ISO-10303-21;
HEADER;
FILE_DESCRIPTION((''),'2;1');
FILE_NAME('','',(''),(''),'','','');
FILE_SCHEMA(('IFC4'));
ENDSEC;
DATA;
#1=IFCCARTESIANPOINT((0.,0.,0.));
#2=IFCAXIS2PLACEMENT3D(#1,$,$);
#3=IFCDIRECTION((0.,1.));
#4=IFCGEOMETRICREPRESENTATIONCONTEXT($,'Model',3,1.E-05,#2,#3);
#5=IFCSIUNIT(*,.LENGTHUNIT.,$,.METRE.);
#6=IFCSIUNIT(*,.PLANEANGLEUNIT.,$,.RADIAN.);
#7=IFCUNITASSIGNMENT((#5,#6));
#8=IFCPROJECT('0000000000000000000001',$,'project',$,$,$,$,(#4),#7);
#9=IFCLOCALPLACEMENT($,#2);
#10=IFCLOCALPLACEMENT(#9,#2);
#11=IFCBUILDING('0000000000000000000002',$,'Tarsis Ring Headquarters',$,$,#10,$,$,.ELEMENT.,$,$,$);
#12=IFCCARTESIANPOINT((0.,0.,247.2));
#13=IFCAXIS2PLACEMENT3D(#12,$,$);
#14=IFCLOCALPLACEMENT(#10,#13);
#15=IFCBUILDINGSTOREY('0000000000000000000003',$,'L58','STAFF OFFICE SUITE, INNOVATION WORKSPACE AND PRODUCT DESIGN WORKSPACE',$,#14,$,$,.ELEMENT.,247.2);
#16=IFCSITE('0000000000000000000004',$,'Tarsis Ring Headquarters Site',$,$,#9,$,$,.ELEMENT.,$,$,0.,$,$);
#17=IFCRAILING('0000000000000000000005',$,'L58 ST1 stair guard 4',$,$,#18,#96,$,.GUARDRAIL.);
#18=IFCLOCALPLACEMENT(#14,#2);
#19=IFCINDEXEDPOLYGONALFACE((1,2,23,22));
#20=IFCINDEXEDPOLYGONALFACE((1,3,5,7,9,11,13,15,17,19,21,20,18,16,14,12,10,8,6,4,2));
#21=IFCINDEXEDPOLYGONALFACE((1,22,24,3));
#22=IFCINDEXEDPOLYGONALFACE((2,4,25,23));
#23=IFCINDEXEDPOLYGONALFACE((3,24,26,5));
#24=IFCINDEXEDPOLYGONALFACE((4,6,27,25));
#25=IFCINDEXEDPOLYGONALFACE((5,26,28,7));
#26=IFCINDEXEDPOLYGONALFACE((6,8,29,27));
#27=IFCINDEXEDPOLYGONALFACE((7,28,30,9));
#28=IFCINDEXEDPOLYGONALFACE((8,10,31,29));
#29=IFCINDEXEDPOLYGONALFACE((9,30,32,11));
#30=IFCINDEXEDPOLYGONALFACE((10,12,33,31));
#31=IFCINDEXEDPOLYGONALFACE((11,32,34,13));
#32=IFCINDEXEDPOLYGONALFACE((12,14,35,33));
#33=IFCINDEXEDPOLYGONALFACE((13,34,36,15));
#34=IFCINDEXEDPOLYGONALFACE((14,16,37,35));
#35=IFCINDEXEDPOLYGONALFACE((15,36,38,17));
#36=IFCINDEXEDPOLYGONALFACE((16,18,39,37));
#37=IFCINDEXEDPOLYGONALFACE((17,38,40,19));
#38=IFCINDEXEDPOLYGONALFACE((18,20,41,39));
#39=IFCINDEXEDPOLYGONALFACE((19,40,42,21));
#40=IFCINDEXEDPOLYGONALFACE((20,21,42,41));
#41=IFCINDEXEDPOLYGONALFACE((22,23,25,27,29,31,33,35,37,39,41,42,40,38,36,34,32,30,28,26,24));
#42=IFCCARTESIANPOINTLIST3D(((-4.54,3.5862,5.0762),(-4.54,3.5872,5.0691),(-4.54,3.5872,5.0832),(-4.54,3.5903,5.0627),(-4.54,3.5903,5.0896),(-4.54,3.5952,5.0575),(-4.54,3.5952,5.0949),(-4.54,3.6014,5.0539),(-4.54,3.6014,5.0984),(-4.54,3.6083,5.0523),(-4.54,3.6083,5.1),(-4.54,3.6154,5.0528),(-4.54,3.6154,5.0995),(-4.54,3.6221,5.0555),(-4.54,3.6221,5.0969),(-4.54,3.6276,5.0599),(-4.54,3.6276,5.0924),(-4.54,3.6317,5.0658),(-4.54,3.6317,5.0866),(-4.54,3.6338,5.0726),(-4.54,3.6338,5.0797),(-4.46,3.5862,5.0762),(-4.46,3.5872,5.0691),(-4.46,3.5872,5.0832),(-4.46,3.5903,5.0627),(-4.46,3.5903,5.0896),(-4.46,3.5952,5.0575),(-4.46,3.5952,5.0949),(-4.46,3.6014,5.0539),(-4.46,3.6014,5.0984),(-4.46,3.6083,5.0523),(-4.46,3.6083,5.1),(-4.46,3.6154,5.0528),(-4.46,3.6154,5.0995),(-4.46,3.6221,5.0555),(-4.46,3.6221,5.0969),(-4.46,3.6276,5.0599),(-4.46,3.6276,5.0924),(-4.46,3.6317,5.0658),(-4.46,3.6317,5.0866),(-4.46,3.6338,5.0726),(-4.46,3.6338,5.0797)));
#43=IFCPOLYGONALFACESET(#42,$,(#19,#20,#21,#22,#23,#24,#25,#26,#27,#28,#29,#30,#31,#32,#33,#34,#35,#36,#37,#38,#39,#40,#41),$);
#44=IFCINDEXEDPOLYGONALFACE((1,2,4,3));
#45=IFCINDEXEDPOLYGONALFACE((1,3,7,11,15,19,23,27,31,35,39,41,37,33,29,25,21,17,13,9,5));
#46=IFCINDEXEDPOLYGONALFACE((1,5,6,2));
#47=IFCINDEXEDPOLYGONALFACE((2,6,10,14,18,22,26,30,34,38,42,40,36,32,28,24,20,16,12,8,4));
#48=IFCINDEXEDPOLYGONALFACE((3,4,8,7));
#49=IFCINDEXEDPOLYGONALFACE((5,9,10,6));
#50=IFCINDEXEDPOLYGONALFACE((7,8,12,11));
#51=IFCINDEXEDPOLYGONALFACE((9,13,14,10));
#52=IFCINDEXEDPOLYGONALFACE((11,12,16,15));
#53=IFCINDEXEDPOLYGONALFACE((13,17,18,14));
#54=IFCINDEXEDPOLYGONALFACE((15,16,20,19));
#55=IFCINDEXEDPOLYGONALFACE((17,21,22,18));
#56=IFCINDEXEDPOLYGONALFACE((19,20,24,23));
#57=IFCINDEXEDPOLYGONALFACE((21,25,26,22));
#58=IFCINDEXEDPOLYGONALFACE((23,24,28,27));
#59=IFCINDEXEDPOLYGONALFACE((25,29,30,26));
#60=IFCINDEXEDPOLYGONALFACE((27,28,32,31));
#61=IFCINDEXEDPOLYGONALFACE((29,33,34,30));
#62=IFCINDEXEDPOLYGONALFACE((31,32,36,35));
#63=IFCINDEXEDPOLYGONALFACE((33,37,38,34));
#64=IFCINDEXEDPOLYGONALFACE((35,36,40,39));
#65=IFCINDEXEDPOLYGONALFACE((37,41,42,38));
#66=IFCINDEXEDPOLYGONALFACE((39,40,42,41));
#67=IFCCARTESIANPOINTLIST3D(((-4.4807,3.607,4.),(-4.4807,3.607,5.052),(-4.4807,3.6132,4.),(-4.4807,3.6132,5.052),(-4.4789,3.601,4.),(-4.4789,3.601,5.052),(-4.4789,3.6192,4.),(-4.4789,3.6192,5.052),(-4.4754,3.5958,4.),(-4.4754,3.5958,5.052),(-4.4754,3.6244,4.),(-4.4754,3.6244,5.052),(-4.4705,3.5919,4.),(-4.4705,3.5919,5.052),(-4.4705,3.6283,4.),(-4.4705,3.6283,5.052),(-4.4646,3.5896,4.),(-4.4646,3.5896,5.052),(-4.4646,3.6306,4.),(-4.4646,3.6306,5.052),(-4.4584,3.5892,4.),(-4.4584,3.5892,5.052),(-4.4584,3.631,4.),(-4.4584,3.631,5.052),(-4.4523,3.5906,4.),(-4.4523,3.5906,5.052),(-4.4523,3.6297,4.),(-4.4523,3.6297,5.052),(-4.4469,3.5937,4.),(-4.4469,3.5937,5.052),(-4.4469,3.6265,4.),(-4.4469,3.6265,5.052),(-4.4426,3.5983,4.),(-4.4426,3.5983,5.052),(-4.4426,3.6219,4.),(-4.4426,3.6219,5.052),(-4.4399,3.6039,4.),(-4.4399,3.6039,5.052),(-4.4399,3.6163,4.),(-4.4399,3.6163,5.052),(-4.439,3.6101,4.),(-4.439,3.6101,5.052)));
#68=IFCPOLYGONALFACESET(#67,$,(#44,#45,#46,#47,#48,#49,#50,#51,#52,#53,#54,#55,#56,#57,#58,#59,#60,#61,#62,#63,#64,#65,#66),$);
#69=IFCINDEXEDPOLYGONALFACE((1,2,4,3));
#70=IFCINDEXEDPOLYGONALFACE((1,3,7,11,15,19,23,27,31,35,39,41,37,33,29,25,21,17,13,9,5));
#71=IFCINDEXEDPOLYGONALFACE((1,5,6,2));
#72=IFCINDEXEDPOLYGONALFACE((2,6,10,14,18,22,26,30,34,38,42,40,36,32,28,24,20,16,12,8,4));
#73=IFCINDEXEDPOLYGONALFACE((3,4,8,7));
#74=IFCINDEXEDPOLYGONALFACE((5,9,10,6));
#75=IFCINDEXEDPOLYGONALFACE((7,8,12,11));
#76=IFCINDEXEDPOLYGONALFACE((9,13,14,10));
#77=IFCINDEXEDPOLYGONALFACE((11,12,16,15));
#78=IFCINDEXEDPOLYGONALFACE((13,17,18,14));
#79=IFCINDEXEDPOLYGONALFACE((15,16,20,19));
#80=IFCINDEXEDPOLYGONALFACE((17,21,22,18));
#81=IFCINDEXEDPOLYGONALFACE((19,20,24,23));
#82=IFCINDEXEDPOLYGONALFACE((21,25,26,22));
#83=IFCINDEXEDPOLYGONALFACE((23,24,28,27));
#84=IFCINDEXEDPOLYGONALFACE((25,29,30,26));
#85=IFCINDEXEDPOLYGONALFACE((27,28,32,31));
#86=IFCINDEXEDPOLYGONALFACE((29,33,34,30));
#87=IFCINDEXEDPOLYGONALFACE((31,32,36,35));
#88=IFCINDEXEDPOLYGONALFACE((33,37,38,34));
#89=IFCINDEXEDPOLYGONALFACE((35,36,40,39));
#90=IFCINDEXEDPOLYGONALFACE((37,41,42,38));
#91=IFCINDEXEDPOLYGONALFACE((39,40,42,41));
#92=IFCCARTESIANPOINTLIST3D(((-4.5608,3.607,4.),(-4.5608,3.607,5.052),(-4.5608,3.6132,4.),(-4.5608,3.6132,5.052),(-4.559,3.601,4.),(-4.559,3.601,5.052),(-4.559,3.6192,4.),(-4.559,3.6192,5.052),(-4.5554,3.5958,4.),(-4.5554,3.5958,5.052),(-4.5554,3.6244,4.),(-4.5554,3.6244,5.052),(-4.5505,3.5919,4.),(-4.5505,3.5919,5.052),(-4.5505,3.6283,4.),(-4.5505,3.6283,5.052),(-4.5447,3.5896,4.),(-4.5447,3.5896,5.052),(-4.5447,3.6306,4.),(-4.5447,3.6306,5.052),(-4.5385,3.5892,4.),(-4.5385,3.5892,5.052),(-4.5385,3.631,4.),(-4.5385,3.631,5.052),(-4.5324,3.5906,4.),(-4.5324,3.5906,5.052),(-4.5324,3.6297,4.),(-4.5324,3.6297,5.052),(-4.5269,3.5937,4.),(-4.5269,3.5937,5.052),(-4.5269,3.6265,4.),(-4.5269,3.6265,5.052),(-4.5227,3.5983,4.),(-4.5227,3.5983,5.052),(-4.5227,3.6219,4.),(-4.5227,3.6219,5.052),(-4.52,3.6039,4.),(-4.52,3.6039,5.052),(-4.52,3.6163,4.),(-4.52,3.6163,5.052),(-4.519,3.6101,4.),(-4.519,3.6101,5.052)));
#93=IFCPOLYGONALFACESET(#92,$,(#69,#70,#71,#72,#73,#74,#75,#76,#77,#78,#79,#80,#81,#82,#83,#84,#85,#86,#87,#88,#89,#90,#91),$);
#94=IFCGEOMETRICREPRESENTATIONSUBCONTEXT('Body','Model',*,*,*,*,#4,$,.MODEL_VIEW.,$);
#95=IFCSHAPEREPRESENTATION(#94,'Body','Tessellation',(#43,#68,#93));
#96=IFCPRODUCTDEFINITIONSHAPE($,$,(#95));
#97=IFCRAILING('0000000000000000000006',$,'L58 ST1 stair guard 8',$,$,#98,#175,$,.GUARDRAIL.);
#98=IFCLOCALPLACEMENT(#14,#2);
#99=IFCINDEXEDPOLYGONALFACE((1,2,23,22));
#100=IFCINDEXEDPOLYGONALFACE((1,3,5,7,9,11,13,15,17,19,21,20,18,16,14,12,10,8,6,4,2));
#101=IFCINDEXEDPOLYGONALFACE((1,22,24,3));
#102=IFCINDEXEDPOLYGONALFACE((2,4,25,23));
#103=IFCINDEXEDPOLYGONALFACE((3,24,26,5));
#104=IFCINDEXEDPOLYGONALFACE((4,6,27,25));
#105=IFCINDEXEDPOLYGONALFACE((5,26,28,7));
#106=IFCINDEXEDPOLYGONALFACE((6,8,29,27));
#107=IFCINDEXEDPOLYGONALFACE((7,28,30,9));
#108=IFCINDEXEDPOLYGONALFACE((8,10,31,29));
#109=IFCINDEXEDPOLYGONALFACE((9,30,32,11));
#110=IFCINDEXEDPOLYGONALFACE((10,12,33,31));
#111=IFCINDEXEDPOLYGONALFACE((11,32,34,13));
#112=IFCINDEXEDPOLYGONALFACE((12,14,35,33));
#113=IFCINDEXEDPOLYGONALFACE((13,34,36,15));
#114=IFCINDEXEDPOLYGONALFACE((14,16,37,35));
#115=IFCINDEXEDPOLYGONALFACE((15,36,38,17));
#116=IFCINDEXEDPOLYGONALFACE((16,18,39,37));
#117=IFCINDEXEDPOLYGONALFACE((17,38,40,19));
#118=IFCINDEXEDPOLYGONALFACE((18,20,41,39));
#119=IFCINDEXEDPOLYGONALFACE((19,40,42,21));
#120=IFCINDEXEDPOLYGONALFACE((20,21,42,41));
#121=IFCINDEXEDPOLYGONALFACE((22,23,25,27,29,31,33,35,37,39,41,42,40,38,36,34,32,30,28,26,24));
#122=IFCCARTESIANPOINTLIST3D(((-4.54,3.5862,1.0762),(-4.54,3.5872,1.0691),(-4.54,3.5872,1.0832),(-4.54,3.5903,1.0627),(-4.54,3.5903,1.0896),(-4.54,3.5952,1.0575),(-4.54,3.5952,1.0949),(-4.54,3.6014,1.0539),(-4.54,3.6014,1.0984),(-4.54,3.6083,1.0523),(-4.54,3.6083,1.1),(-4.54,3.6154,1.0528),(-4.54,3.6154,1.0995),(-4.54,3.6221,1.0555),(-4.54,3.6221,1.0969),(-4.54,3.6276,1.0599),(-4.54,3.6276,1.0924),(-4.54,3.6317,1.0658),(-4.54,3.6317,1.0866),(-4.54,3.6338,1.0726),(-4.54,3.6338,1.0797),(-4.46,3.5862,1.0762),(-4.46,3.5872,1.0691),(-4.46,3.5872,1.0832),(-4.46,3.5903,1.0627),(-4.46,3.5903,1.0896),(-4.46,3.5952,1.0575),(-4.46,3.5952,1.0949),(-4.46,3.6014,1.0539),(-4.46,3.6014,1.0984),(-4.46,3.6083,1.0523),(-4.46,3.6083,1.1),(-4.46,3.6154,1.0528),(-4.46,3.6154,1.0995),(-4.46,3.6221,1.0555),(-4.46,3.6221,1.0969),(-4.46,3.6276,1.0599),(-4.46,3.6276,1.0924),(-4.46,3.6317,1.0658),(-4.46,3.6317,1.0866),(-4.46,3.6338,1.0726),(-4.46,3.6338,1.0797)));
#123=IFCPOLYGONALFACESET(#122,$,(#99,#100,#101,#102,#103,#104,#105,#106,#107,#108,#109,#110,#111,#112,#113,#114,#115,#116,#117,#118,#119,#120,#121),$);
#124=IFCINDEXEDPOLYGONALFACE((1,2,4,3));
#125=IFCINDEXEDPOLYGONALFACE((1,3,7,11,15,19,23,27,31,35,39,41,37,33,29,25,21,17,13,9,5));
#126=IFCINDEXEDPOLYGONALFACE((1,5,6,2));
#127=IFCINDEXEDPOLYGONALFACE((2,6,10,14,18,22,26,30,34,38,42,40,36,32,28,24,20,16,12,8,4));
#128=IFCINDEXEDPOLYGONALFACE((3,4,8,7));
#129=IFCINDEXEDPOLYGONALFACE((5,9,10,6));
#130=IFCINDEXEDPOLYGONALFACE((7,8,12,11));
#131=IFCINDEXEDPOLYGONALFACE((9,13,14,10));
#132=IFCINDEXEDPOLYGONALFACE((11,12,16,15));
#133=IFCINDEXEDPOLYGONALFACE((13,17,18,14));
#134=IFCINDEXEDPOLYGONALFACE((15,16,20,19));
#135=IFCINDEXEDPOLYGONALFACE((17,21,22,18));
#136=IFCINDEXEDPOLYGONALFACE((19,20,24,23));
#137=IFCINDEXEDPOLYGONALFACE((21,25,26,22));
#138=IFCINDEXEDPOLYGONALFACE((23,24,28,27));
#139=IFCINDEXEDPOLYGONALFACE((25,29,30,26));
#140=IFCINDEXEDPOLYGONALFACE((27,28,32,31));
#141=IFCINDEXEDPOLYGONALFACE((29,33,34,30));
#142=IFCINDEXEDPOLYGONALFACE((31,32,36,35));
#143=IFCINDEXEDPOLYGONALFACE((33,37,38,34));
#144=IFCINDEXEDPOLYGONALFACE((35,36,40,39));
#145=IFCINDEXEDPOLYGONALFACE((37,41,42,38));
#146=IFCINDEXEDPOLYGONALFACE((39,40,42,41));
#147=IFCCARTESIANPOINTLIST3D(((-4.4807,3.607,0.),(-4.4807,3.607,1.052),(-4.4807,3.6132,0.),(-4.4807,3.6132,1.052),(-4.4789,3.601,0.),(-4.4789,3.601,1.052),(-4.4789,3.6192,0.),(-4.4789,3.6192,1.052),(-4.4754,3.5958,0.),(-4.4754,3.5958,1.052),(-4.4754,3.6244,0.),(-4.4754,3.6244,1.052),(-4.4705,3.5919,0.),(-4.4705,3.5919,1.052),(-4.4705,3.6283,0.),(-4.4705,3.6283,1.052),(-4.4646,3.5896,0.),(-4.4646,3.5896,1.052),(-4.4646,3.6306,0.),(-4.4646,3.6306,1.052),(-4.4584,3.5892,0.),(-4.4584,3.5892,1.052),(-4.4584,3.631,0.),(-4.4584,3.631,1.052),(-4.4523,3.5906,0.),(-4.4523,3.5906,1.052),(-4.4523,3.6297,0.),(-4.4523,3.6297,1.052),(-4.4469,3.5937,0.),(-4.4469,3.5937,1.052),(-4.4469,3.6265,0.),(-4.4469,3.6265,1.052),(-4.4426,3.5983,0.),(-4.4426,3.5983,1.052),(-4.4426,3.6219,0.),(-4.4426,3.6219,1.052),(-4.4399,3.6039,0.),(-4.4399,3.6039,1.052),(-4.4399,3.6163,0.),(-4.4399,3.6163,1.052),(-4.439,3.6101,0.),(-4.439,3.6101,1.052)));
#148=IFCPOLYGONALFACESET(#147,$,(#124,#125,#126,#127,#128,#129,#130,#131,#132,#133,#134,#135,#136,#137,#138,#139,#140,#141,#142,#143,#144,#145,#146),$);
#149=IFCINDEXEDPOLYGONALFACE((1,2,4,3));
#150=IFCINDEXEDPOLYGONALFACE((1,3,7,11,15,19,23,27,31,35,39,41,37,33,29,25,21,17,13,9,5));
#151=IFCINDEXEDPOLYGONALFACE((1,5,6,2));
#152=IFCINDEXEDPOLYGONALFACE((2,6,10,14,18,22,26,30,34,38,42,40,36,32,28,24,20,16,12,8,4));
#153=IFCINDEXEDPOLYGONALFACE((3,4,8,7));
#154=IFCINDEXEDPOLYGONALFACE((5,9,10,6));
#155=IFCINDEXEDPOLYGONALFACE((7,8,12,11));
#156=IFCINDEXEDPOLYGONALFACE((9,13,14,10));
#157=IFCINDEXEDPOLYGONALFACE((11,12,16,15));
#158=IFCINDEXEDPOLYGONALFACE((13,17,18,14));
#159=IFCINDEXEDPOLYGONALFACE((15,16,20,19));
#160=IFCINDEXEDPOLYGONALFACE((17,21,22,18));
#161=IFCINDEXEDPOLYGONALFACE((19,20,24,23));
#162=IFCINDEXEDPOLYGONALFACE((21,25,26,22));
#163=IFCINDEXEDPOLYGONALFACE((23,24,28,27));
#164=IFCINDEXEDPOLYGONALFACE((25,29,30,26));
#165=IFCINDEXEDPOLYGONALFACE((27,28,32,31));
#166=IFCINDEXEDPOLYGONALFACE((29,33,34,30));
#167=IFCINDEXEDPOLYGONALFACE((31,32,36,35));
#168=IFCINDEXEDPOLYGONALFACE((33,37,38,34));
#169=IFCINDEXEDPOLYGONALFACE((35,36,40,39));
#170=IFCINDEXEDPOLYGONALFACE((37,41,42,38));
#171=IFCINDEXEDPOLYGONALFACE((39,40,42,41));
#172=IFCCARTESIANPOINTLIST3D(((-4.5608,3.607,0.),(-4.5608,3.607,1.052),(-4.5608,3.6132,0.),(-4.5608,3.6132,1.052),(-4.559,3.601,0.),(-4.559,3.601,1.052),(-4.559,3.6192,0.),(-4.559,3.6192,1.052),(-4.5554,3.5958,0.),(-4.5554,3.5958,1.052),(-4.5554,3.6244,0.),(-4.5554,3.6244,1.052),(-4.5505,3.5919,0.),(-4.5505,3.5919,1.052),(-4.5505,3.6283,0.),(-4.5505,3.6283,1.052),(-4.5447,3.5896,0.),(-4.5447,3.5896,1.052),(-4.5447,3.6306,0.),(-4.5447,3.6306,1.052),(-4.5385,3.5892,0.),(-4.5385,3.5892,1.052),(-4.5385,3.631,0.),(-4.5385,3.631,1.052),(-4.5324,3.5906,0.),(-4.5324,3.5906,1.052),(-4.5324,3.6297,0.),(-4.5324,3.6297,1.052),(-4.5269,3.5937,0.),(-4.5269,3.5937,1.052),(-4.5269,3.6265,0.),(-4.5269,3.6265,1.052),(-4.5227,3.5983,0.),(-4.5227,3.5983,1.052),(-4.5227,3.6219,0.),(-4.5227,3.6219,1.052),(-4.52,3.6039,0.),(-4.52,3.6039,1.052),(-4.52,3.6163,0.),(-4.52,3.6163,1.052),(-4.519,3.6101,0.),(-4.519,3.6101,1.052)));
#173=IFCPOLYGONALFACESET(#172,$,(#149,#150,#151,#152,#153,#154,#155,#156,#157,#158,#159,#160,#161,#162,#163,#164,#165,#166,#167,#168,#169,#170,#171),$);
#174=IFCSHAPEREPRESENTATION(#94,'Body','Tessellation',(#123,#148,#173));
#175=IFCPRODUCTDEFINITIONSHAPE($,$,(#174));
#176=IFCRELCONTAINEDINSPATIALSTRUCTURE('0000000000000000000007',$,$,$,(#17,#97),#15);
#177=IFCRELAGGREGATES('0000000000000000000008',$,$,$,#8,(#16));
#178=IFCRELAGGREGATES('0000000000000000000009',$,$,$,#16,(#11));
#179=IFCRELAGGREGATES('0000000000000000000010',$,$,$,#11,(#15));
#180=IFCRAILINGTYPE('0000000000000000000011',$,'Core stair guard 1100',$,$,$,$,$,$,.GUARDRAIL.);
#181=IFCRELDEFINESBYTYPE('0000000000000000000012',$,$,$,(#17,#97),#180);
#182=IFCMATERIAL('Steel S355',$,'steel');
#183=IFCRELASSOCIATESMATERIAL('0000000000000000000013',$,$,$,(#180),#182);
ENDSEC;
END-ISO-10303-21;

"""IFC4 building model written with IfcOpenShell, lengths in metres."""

from ifc_helpers import new_model, si_unit, direction, frame, origin, origin_2d, place, context, subcontext, project, spatial, circle, extrude, material, type_object, element, save


model = new_model("IFC4")

# Units and contexts
model_context = context("Model", 3, precision=1e-05, world=origin(), true_north=direction((0.0, 1.0)))
body_context = subcontext(model_context, "Body", "Model", "MODEL_VIEW")
ifc_project = project(units=[si_unit("LENGTHUNIT", "METRE"), si_unit("PLANEANGLEUNIT", "RADIAN")], contexts=[model_context])

# Site, building, storey
site_placement = place(None, origin())
site = spatial("IfcSite", under=ifc_project, at=site_placement, Name="Tarsis Ring Headquarters Site", CompositionType="ELEMENT", RefElevation=0.0)
building_placement = place(site_placement, origin())
building = spatial("IfcBuilding", under=site, at=building_placement, Name="Tarsis Ring Headquarters", CompositionType="ELEMENT")
storey_placement = place(building_placement, frame((0.0, 0.0, 247.2)))
storey = spatial("IfcBuildingStorey", under=building, at=storey_placement, Name="L58", Description="STAFF OFFICE SUITE, INNOVATION WORKSPACE AND PRODUCT DESIGN WORKSPACE", CompositionType="ELEMENT", Elevation=247.2)

# Shared definitions
ifc_material_1 = material(Name="Steel S355", Category="steel")

# Railings
railing_type = type_object("IfcRailingType", Name="Core stair guard 1100", PredefinedType="GUARDRAIL", material=ifc_material_1)
for number, where, name in (
    (1, (-4.46, 3.6101, 4.0), "L58 ST1 stair guard 4"),
    (2, (-4.46, 3.6101, 0.0), "L58 ST1 stair guard 8"),
):
    element("IfcRailing", number, at=place(storey_placement, frame(where)), inside=storey, type_object=railing_type, Name=name, PredefinedType="GUARDRAIL", context=body_context, shape_type="SweptSolid", body=[
        extrude(circle(Radius=0.0239, at=origin_2d()), frame((0.0, 0.0, 1.0762), z_axis=(-1.0, 0.0, 0.0), x_axis=(0.0, -1.0, 0.0)), (0.0, 0.0, 1.0), 0.0801),
        extrude(circle(Radius=0.021, at=origin_2d()), origin(), (0.0, 0.0, 1.0), 1.052),
        extrude(circle(Radius=0.021, at=origin_2d()), frame((-0.0801, 0.0, 0.0)), (0.0, 0.0, 1.0), 1.052),
    ])

save(model, "model.ifc")
